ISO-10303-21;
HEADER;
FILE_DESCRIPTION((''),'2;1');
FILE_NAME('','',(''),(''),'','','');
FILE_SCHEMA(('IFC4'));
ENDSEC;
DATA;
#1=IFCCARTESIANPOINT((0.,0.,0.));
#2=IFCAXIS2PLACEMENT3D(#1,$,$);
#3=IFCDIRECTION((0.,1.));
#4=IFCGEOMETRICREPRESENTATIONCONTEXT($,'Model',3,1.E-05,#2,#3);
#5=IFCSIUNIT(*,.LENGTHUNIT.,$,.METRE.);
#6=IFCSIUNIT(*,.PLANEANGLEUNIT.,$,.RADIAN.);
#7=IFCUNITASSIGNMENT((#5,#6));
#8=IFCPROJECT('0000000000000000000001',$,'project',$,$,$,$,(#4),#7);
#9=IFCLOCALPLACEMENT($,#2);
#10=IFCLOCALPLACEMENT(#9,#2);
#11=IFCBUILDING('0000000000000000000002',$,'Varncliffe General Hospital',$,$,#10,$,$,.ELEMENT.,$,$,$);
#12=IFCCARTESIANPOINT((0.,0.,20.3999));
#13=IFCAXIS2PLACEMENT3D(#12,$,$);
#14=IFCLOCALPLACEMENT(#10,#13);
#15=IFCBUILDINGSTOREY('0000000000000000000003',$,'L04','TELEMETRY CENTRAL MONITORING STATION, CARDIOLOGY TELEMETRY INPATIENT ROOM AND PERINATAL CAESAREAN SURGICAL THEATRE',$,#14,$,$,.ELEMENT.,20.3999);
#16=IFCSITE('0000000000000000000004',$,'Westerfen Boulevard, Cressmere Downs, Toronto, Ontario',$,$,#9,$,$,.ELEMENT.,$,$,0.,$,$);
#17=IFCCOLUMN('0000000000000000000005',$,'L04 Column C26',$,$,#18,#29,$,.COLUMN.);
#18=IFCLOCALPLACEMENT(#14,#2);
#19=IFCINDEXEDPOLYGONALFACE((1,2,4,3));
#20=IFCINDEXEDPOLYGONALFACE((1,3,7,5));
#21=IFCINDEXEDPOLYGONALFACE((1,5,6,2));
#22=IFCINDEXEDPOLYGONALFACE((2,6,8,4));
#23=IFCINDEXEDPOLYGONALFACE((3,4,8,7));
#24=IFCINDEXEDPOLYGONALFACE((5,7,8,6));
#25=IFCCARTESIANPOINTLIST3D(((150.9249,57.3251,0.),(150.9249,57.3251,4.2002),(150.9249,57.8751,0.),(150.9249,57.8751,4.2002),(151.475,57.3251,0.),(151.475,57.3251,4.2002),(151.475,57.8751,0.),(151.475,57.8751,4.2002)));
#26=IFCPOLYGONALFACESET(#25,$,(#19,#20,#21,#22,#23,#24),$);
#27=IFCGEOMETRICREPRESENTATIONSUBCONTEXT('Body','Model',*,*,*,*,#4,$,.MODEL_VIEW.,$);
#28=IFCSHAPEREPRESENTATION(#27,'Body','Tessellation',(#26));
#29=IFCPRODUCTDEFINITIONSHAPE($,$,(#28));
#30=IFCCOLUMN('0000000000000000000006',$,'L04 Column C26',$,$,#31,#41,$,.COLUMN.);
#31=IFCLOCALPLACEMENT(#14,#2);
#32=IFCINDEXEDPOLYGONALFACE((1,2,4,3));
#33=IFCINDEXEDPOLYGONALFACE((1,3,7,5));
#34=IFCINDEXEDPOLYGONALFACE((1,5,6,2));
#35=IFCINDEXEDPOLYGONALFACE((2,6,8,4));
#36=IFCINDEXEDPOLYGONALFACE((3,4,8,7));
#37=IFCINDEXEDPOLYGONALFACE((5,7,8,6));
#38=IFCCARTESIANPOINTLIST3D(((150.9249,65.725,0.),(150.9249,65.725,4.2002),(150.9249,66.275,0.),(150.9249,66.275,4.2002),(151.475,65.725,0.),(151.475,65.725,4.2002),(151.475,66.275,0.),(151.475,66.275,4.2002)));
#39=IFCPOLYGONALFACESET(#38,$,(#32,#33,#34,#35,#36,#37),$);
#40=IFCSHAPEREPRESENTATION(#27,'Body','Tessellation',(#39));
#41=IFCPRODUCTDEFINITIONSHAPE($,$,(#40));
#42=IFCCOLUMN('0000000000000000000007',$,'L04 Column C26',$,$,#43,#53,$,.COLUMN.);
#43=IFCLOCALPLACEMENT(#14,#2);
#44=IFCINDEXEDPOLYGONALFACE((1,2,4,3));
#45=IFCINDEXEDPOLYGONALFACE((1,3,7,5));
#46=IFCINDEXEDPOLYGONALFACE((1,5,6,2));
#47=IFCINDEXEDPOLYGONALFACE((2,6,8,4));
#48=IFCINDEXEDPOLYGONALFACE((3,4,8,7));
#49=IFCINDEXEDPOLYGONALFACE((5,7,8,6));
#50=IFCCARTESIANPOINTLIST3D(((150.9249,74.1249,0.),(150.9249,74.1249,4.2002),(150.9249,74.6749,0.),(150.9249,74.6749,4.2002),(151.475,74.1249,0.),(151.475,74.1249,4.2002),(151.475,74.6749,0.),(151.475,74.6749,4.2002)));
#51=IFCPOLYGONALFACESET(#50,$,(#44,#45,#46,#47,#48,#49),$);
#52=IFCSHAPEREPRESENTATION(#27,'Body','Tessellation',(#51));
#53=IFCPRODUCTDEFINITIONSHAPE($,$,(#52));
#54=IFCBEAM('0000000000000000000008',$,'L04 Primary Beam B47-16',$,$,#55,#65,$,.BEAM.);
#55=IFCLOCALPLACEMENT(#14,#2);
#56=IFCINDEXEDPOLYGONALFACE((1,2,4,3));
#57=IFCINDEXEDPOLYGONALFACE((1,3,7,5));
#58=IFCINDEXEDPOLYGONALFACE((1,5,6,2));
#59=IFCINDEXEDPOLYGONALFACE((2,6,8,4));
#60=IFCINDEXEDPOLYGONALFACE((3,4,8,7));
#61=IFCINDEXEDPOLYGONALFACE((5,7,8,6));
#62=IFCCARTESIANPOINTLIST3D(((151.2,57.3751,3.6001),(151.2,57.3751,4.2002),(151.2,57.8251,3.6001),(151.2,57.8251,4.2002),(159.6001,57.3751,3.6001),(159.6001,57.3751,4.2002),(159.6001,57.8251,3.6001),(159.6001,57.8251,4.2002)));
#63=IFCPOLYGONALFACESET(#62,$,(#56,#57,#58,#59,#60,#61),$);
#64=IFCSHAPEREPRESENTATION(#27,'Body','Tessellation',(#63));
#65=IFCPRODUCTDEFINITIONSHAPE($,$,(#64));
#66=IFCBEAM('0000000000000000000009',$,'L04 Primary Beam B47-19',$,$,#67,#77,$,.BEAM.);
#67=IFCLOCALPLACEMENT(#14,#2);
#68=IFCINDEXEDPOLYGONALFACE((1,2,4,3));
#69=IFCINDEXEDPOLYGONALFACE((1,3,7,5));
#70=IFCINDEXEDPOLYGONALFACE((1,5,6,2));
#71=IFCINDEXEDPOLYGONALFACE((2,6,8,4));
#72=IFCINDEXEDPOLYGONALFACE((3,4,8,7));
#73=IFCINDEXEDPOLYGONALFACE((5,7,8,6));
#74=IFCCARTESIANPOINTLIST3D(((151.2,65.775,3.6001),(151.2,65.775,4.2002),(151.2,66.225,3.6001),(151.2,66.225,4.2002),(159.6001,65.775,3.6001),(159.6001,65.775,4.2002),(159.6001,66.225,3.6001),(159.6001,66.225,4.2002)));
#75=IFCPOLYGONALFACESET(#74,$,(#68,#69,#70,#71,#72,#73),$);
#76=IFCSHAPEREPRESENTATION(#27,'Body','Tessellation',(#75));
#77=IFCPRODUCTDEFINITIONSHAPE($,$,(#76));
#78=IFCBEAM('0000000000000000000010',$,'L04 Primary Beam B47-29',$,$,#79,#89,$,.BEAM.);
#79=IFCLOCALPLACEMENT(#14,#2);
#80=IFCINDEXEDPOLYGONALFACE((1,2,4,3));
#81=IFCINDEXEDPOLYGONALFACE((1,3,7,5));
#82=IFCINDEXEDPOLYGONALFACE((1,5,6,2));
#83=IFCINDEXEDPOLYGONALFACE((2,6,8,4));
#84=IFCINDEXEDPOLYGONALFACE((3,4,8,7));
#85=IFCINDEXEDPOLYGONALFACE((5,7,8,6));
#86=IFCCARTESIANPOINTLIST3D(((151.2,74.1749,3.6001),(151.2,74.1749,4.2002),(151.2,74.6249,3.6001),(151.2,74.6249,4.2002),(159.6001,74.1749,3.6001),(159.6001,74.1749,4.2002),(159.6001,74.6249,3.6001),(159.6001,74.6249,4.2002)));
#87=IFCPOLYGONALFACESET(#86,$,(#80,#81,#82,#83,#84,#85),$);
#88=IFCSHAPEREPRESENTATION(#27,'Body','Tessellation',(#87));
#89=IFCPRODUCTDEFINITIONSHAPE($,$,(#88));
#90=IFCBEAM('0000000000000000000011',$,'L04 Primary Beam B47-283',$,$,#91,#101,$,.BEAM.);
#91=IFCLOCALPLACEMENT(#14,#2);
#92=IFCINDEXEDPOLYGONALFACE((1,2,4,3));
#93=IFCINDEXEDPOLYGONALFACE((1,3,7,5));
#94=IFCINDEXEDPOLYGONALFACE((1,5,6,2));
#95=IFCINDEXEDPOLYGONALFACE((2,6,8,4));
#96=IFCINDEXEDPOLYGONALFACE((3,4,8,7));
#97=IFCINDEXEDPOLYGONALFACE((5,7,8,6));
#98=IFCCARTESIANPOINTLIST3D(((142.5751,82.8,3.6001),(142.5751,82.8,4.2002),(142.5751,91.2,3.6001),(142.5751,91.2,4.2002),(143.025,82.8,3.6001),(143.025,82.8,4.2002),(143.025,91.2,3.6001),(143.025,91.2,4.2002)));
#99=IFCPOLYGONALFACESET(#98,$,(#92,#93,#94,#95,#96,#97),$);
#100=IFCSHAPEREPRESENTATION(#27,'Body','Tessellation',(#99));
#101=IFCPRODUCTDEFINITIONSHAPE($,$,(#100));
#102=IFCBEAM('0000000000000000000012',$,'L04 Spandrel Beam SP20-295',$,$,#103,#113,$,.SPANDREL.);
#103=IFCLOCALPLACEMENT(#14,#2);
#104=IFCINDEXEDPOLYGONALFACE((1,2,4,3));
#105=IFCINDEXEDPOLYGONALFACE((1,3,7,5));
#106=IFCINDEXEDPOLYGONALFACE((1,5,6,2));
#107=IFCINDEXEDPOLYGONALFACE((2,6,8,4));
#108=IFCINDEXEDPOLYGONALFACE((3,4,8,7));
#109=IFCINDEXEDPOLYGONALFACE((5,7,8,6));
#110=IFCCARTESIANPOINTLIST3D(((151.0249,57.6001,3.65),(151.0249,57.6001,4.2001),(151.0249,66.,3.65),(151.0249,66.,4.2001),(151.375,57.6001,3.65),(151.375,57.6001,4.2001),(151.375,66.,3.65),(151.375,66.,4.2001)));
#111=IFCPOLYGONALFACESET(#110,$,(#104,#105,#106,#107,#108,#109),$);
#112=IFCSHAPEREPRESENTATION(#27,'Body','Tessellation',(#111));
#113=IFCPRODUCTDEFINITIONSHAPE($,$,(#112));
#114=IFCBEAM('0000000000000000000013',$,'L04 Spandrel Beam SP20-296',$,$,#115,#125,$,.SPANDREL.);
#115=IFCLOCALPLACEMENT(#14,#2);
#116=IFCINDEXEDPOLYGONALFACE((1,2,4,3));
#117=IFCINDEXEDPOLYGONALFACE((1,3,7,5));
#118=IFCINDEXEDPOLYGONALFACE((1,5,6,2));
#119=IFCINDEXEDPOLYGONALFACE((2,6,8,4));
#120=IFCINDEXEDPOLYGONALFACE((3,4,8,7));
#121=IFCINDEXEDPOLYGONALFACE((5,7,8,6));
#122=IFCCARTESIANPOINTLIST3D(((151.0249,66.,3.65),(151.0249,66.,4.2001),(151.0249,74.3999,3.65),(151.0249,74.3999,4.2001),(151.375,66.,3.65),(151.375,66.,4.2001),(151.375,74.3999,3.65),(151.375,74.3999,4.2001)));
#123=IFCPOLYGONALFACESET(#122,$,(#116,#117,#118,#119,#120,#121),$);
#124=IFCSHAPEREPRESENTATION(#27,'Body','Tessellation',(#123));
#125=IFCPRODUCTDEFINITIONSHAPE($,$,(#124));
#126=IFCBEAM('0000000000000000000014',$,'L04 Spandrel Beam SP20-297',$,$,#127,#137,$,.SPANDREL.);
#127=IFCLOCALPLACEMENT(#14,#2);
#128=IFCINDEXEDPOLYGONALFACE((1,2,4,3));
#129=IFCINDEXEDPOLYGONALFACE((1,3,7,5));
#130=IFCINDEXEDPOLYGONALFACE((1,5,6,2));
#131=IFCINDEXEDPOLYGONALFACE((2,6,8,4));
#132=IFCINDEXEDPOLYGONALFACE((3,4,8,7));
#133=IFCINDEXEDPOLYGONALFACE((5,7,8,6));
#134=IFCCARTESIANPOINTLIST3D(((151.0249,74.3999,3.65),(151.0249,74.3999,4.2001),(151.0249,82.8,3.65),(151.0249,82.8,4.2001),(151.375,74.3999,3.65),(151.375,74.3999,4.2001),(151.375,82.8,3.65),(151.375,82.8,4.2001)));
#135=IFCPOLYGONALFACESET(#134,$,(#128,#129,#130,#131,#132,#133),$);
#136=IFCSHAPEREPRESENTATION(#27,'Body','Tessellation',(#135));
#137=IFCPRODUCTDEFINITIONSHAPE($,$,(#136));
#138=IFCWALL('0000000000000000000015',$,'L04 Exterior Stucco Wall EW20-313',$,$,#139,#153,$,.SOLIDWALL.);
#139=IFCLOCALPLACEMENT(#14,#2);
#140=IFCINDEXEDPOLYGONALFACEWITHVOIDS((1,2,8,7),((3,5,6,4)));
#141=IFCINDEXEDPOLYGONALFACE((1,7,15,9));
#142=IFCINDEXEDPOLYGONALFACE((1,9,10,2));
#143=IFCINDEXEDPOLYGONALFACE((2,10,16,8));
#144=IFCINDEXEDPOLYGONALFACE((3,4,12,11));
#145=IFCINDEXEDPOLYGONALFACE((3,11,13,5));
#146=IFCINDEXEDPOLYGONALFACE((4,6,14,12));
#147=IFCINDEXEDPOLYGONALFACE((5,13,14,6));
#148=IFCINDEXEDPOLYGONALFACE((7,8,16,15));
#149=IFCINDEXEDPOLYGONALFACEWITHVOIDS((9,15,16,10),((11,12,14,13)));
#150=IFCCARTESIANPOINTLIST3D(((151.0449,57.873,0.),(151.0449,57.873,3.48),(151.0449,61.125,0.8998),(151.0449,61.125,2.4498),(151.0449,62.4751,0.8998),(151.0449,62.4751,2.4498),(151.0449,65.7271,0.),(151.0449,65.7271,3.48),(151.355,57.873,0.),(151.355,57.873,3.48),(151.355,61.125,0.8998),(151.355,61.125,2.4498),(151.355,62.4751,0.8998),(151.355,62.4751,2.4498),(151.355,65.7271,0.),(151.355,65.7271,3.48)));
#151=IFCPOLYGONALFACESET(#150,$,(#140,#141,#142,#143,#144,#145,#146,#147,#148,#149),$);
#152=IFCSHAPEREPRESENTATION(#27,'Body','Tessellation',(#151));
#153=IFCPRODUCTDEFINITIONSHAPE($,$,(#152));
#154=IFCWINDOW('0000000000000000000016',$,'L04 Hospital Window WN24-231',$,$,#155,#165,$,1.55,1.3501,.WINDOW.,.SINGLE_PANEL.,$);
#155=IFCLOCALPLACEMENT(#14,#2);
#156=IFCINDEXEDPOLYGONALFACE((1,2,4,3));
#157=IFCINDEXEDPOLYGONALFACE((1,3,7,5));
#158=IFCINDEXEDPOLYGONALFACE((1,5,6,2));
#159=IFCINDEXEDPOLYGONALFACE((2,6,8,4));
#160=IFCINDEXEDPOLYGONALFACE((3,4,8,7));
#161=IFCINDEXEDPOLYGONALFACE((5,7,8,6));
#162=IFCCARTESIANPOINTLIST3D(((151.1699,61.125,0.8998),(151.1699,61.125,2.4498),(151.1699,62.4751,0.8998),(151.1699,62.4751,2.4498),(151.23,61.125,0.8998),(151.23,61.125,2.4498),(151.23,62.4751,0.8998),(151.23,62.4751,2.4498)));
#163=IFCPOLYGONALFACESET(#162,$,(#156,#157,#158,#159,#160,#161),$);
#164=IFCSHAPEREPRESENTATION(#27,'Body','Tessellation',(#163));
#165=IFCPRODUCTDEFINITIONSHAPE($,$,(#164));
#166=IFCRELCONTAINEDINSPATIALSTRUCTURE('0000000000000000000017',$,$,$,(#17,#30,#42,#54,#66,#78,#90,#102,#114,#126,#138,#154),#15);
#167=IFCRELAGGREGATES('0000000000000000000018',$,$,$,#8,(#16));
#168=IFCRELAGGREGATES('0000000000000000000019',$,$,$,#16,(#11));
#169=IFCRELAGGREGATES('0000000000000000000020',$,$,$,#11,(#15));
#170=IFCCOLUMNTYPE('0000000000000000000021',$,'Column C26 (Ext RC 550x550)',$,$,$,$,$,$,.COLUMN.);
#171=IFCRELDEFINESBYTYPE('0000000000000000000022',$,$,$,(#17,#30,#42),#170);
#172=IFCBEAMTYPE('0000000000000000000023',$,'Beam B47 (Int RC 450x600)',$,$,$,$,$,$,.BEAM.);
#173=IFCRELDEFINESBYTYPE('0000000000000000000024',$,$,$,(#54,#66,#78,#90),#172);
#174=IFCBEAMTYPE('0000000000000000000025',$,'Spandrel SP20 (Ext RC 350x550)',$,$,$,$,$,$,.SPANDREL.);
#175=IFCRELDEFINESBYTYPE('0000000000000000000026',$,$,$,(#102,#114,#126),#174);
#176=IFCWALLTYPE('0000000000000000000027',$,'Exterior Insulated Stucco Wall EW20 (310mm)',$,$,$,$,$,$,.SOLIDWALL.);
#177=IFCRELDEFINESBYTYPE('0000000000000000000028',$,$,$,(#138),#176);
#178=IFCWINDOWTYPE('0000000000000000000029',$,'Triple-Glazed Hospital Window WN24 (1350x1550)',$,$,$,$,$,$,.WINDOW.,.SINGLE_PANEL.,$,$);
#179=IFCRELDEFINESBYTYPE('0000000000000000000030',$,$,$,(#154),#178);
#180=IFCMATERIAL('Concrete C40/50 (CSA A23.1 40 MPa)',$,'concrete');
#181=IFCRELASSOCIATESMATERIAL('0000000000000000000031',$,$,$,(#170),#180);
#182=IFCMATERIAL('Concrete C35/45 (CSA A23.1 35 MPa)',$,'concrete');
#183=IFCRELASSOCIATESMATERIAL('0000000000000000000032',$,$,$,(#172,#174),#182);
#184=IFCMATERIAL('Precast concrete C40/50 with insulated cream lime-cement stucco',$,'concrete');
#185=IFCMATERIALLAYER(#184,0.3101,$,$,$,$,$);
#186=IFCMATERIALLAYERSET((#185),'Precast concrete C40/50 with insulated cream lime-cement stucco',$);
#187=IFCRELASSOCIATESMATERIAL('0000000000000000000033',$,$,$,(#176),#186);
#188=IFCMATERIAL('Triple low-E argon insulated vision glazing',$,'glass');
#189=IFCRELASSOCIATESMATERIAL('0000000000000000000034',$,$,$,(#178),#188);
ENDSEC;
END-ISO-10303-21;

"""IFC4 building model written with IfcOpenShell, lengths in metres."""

from ifc_helpers import new_model, si_unit, direction, frame, frame_2d, origin, origin_2d, place, context, subcontext, project, spatial, rectangle, extrude, material, layer, layer_set, material_profile, profile_set, type_object, element, fill, save


model = new_model("IFC4")

# Units and contexts
model_context = context("Model", 3, precision=1e-05, world=origin(), true_north=direction((0.0, 1.0)))
body_context = subcontext(model_context, "Body", "Model", "MODEL_VIEW")
ifc_project = project(units=[si_unit("LENGTHUNIT", "METRE"), si_unit("PLANEANGLEUNIT", "RADIAN")], contexts=[model_context])

# Site, building, storey
site_placement = place(None, origin())
site = spatial("IfcSite", under=ifc_project, at=site_placement, Name="Westerfen Boulevard, Cressmere Downs, Toronto, Ontario", CompositionType="ELEMENT", RefElevation=0.0)
building_placement = place(site_placement, origin())
building = spatial("IfcBuilding", under=site, at=building_placement, Name="Varncliffe General Hospital", CompositionType="ELEMENT")
storey_placement = place(building_placement, frame((0.0, 0.0, 20.3999)))
storey = spatial("IfcBuildingStorey", under=building, at=storey_placement, Name="L04", Description="TELEMETRY CENTRAL MONITORING STATION, CARDIOLOGY TELEMETRY INPATIENT ROOM AND PERINATAL CAESAREAN SURGICAL THEATRE", CompositionType="ELEMENT", Elevation=20.3999)

# Columns
ifc_material_1 = material(Name="Concrete C40/50 (CSA A23.1 40 MPa)", Category="concrete")
ifc_material_profile_1 = material_profile(ifc_material_1, rectangle(XDim=0.55, YDim=0.55, at=origin_2d()), Name="RC 550x550")
ifc_profile_set_1 = profile_set([ifc_material_profile_1], Name="Concrete C40/50 (CSA A23.1 40 MPa)")
column_type = type_object("IfcColumnType", Name="Column C26 (Ext RC 550x550)", PredefinedType="COLUMN", material=ifc_profile_set_1)
for number, where, z_axis, x_axis, name in (
    (1, (151.2, 57.6001, 0.0), (0.0, 0.0, 1.0), (1.0, 0.0, 0.0), "L04 Column C26"),
    (2, (151.2, 66.0, 0.0), (0.0, 0.0, 1.0), (1.0, 0.0, 0.0), "L04 Column C26"),
    (3, (151.2, 74.3999, 0.0), (0.0, 0.0, 1.0), (1.0, 0.0, 0.0), "L04 Column C26"),
):
    element("IfcColumn", number, at=place(storey_placement, frame(where, z_axis=z_axis, x_axis=x_axis)), inside=storey, type_object=column_type, Name=name, PredefinedType="COLUMN", context=body_context, shape_type="SweptSolid", body=[
        extrude(rectangle(XDim=0.55, YDim=0.55, at=origin_2d()), origin(), (0.0, 0.0, 1.0), 4.2002),
    ])

# Beams
ifc_material_2 = material(Name="Concrete C35/45 (CSA A23.1 35 MPa)", Category="concrete")
ifc_material_profile_2 = material_profile(ifc_material_2, rectangle(XDim=0.45, YDim=0.6001, at=origin_2d()), Name="RC 450x600")
ifc_profile_set_2 = profile_set([ifc_material_profile_2], Name="Concrete C35/45 (CSA A23.1 35 MPa)")
beam_type_1 = type_object("IfcBeamType", Name="Beam B47 (Int RC 450x600)", PredefinedType="BEAM", material=ifc_profile_set_2)
for number, where, z_axis, x_axis, name in (
    (4, (151.2, 57.6001, 3.9001), (1.0, 0.0, 0.0), (0.0, 1.0, 0.0), "L04 Primary Beam B47-16"),
    (5, (151.2, 66.0, 3.9001), (1.0, 0.0, 0.0), (0.0, 1.0, 0.0), "L04 Primary Beam B47-19"),
    (6, (151.2, 74.3999, 3.9001), (1.0, 0.0, 0.0), (0.0, 1.0, 0.0), "L04 Primary Beam B47-29"),
):
    element("IfcBeam", number, at=place(storey_placement, frame(where, z_axis=z_axis, x_axis=x_axis)), inside=storey, type_object=beam_type_1, Name=name, PredefinedType="BEAM", context=body_context, shape_type="SweptSolid", body=[
        extrude(rectangle(XDim=0.45, YDim=0.6001, at=origin_2d()), origin(), (0.0, 0.0, 1.0), 8.4001),
    ])
beam_1_placement = place(storey_placement, frame((142.8, 82.8, 3.9001), z_axis=(0.0, 1.0, 0.0), x_axis=(-1.0, 0.0, 0.0)))
element("IfcBeam", 7, at=beam_1_placement, inside=storey, type_object=beam_type_1, Name="L04 Primary Beam B47-283", PredefinedType="BEAM", context=body_context, shape_type="SweptSolid", body=[
    extrude(rectangle(XDim=0.45, YDim=0.6001, at=origin_2d()), origin(), (0.0, 0.0, 1.0), 8.3999),
])
ifc_material_profile_3 = material_profile(ifc_material_2, rectangle(XDim=0.3501, YDim=0.55, at=origin_2d()), Name="RC 350x550")
ifc_profile_set_3 = profile_set([ifc_material_profile_3], Name="Concrete C35/45 (CSA A23.1 35 MPa)")
beam_type_2 = type_object("IfcBeamType", Name="Spandrel SP20 (Ext RC 350x550)", PredefinedType="SPANDREL", material=ifc_profile_set_3)
for number, where, z_axis, x_axis, name in (
    (8, (151.2, 57.6001, 3.925), (0.0, 1.0, 0.0), (-1.0, 0.0, 0.0), "L04 Spandrel Beam SP20-295"),
    (9, (151.2, 66.0, 3.925), (0.0, 1.0, 0.0), (-1.0, 0.0, 0.0), "L04 Spandrel Beam SP20-296"),
):
    element("IfcBeam", number, at=place(storey_placement, frame(where, z_axis=z_axis, x_axis=x_axis)), inside=storey, type_object=beam_type_2, Name=name, PredefinedType="SPANDREL", context=body_context, shape_type="SweptSolid", body=[
        extrude(rectangle(XDim=0.3501, YDim=0.55, at=origin_2d()), origin(), (0.0, 0.0, 1.0), 8.3999),
    ])
beam_2_placement = place(storey_placement, frame((151.2, 74.3999, 3.925), z_axis=(0.0, 1.0, 0.0), x_axis=(-1.0, 0.0, 0.0)))
element("IfcBeam", 10, at=beam_2_placement, inside=storey, type_object=beam_type_2, Name="L04 Spandrel Beam SP20-297", PredefinedType="SPANDREL", context=body_context, shape_type="SweptSolid", body=[
    extrude(rectangle(XDim=0.3501, YDim=0.55, at=origin_2d()), origin(), (0.0, 0.0, 1.0), 8.4001),
])

# Wall, opening, window
ifc_material_3 = material(Name="Precast concrete C40/50 with insulated cream lime-cement stucco", Category="concrete")
ifc_layer_1 = layer(ifc_material_3, 0.3101)
ifc_layer_set_1 = layer_set([ifc_layer_1], Name="Precast concrete C40/50 with insulated cream lime-cement stucco")
wall_type_1 = type_object("IfcWallType", Name="Exterior Insulated Stucco Wall EW20 (310mm)", PredefinedType="SOLIDWALL", material=ifc_layer_set_1)
wall_1_placement = place(storey_placement, frame((151.2, 57.873, 0.0), z_axis=(0.0, 0.0, 1.0), x_axis=(0.0, 1.0, 0.0)))
wall_1 = element("IfcWall", 11, at=wall_1_placement, inside=storey, type_object=wall_type_1, Name="L04 Exterior Stucco Wall EW20-313", PredefinedType="SOLIDWALL", context=body_context, shape_type="SweptSolid", body=[
    extrude(rectangle(XDim=7.854, YDim=0.3101, at=frame_2d((3.927, 0.0))), origin(), (0.0, 0.0, 1.0), 3.48),
])
opening_1_placement = place(wall_1_placement, frame((3.252, 0.0, 0.8999)))
opening_1 = element("IfcOpeningElement", 12, at=opening_1_placement, cuts=wall_1, PredefinedType="OPENING", context=body_context, shape_type="SweptSolid", body=[
    extrude(rectangle(XDim=1.3501, YDim=1.55, at=frame_2d((0.675, 0.7749))), frame((0.0, 0.165, 0.0), z_axis=(0.0, -1.0, 0.0), x_axis=(1.0, 0.0, 0.0)), (0.0, 0.0, 1.0), 0.3301),
])
ifc_material_4 = material(Name="Triple low-E argon insulated vision glazing", Category="glass")
window_type_1 = type_object("IfcWindowType", Name="Triple-Glazed Hospital Window WN24 (1350x1550)", PartitioningType="SINGLE_PANEL", PredefinedType="WINDOW", material=ifc_material_4)
window_1_placement = place(opening_1_placement, origin())
window_1 = element("IfcWindow", 13, at=window_1_placement, inside=storey, type_object=window_type_1, Name="L04 Hospital Window WN24-231", OverallHeight=1.55, OverallWidth=1.3501, PartitioningType="SINGLE_PANEL", PredefinedType="WINDOW", context=body_context, shape_type="SweptSolid", body=[
    extrude(rectangle(XDim=1.3501, YDim=1.55, at=frame_2d((0.675, 0.7749))), frame((0.0, 0.03, 0.0), z_axis=(0.0, -1.0, 0.0), x_axis=(1.0, 0.0, 0.0)), (0.0, 0.0, 1.0), 0.0601),
])
fill(opening_1, window_1)

save(model, "model.ifc")
